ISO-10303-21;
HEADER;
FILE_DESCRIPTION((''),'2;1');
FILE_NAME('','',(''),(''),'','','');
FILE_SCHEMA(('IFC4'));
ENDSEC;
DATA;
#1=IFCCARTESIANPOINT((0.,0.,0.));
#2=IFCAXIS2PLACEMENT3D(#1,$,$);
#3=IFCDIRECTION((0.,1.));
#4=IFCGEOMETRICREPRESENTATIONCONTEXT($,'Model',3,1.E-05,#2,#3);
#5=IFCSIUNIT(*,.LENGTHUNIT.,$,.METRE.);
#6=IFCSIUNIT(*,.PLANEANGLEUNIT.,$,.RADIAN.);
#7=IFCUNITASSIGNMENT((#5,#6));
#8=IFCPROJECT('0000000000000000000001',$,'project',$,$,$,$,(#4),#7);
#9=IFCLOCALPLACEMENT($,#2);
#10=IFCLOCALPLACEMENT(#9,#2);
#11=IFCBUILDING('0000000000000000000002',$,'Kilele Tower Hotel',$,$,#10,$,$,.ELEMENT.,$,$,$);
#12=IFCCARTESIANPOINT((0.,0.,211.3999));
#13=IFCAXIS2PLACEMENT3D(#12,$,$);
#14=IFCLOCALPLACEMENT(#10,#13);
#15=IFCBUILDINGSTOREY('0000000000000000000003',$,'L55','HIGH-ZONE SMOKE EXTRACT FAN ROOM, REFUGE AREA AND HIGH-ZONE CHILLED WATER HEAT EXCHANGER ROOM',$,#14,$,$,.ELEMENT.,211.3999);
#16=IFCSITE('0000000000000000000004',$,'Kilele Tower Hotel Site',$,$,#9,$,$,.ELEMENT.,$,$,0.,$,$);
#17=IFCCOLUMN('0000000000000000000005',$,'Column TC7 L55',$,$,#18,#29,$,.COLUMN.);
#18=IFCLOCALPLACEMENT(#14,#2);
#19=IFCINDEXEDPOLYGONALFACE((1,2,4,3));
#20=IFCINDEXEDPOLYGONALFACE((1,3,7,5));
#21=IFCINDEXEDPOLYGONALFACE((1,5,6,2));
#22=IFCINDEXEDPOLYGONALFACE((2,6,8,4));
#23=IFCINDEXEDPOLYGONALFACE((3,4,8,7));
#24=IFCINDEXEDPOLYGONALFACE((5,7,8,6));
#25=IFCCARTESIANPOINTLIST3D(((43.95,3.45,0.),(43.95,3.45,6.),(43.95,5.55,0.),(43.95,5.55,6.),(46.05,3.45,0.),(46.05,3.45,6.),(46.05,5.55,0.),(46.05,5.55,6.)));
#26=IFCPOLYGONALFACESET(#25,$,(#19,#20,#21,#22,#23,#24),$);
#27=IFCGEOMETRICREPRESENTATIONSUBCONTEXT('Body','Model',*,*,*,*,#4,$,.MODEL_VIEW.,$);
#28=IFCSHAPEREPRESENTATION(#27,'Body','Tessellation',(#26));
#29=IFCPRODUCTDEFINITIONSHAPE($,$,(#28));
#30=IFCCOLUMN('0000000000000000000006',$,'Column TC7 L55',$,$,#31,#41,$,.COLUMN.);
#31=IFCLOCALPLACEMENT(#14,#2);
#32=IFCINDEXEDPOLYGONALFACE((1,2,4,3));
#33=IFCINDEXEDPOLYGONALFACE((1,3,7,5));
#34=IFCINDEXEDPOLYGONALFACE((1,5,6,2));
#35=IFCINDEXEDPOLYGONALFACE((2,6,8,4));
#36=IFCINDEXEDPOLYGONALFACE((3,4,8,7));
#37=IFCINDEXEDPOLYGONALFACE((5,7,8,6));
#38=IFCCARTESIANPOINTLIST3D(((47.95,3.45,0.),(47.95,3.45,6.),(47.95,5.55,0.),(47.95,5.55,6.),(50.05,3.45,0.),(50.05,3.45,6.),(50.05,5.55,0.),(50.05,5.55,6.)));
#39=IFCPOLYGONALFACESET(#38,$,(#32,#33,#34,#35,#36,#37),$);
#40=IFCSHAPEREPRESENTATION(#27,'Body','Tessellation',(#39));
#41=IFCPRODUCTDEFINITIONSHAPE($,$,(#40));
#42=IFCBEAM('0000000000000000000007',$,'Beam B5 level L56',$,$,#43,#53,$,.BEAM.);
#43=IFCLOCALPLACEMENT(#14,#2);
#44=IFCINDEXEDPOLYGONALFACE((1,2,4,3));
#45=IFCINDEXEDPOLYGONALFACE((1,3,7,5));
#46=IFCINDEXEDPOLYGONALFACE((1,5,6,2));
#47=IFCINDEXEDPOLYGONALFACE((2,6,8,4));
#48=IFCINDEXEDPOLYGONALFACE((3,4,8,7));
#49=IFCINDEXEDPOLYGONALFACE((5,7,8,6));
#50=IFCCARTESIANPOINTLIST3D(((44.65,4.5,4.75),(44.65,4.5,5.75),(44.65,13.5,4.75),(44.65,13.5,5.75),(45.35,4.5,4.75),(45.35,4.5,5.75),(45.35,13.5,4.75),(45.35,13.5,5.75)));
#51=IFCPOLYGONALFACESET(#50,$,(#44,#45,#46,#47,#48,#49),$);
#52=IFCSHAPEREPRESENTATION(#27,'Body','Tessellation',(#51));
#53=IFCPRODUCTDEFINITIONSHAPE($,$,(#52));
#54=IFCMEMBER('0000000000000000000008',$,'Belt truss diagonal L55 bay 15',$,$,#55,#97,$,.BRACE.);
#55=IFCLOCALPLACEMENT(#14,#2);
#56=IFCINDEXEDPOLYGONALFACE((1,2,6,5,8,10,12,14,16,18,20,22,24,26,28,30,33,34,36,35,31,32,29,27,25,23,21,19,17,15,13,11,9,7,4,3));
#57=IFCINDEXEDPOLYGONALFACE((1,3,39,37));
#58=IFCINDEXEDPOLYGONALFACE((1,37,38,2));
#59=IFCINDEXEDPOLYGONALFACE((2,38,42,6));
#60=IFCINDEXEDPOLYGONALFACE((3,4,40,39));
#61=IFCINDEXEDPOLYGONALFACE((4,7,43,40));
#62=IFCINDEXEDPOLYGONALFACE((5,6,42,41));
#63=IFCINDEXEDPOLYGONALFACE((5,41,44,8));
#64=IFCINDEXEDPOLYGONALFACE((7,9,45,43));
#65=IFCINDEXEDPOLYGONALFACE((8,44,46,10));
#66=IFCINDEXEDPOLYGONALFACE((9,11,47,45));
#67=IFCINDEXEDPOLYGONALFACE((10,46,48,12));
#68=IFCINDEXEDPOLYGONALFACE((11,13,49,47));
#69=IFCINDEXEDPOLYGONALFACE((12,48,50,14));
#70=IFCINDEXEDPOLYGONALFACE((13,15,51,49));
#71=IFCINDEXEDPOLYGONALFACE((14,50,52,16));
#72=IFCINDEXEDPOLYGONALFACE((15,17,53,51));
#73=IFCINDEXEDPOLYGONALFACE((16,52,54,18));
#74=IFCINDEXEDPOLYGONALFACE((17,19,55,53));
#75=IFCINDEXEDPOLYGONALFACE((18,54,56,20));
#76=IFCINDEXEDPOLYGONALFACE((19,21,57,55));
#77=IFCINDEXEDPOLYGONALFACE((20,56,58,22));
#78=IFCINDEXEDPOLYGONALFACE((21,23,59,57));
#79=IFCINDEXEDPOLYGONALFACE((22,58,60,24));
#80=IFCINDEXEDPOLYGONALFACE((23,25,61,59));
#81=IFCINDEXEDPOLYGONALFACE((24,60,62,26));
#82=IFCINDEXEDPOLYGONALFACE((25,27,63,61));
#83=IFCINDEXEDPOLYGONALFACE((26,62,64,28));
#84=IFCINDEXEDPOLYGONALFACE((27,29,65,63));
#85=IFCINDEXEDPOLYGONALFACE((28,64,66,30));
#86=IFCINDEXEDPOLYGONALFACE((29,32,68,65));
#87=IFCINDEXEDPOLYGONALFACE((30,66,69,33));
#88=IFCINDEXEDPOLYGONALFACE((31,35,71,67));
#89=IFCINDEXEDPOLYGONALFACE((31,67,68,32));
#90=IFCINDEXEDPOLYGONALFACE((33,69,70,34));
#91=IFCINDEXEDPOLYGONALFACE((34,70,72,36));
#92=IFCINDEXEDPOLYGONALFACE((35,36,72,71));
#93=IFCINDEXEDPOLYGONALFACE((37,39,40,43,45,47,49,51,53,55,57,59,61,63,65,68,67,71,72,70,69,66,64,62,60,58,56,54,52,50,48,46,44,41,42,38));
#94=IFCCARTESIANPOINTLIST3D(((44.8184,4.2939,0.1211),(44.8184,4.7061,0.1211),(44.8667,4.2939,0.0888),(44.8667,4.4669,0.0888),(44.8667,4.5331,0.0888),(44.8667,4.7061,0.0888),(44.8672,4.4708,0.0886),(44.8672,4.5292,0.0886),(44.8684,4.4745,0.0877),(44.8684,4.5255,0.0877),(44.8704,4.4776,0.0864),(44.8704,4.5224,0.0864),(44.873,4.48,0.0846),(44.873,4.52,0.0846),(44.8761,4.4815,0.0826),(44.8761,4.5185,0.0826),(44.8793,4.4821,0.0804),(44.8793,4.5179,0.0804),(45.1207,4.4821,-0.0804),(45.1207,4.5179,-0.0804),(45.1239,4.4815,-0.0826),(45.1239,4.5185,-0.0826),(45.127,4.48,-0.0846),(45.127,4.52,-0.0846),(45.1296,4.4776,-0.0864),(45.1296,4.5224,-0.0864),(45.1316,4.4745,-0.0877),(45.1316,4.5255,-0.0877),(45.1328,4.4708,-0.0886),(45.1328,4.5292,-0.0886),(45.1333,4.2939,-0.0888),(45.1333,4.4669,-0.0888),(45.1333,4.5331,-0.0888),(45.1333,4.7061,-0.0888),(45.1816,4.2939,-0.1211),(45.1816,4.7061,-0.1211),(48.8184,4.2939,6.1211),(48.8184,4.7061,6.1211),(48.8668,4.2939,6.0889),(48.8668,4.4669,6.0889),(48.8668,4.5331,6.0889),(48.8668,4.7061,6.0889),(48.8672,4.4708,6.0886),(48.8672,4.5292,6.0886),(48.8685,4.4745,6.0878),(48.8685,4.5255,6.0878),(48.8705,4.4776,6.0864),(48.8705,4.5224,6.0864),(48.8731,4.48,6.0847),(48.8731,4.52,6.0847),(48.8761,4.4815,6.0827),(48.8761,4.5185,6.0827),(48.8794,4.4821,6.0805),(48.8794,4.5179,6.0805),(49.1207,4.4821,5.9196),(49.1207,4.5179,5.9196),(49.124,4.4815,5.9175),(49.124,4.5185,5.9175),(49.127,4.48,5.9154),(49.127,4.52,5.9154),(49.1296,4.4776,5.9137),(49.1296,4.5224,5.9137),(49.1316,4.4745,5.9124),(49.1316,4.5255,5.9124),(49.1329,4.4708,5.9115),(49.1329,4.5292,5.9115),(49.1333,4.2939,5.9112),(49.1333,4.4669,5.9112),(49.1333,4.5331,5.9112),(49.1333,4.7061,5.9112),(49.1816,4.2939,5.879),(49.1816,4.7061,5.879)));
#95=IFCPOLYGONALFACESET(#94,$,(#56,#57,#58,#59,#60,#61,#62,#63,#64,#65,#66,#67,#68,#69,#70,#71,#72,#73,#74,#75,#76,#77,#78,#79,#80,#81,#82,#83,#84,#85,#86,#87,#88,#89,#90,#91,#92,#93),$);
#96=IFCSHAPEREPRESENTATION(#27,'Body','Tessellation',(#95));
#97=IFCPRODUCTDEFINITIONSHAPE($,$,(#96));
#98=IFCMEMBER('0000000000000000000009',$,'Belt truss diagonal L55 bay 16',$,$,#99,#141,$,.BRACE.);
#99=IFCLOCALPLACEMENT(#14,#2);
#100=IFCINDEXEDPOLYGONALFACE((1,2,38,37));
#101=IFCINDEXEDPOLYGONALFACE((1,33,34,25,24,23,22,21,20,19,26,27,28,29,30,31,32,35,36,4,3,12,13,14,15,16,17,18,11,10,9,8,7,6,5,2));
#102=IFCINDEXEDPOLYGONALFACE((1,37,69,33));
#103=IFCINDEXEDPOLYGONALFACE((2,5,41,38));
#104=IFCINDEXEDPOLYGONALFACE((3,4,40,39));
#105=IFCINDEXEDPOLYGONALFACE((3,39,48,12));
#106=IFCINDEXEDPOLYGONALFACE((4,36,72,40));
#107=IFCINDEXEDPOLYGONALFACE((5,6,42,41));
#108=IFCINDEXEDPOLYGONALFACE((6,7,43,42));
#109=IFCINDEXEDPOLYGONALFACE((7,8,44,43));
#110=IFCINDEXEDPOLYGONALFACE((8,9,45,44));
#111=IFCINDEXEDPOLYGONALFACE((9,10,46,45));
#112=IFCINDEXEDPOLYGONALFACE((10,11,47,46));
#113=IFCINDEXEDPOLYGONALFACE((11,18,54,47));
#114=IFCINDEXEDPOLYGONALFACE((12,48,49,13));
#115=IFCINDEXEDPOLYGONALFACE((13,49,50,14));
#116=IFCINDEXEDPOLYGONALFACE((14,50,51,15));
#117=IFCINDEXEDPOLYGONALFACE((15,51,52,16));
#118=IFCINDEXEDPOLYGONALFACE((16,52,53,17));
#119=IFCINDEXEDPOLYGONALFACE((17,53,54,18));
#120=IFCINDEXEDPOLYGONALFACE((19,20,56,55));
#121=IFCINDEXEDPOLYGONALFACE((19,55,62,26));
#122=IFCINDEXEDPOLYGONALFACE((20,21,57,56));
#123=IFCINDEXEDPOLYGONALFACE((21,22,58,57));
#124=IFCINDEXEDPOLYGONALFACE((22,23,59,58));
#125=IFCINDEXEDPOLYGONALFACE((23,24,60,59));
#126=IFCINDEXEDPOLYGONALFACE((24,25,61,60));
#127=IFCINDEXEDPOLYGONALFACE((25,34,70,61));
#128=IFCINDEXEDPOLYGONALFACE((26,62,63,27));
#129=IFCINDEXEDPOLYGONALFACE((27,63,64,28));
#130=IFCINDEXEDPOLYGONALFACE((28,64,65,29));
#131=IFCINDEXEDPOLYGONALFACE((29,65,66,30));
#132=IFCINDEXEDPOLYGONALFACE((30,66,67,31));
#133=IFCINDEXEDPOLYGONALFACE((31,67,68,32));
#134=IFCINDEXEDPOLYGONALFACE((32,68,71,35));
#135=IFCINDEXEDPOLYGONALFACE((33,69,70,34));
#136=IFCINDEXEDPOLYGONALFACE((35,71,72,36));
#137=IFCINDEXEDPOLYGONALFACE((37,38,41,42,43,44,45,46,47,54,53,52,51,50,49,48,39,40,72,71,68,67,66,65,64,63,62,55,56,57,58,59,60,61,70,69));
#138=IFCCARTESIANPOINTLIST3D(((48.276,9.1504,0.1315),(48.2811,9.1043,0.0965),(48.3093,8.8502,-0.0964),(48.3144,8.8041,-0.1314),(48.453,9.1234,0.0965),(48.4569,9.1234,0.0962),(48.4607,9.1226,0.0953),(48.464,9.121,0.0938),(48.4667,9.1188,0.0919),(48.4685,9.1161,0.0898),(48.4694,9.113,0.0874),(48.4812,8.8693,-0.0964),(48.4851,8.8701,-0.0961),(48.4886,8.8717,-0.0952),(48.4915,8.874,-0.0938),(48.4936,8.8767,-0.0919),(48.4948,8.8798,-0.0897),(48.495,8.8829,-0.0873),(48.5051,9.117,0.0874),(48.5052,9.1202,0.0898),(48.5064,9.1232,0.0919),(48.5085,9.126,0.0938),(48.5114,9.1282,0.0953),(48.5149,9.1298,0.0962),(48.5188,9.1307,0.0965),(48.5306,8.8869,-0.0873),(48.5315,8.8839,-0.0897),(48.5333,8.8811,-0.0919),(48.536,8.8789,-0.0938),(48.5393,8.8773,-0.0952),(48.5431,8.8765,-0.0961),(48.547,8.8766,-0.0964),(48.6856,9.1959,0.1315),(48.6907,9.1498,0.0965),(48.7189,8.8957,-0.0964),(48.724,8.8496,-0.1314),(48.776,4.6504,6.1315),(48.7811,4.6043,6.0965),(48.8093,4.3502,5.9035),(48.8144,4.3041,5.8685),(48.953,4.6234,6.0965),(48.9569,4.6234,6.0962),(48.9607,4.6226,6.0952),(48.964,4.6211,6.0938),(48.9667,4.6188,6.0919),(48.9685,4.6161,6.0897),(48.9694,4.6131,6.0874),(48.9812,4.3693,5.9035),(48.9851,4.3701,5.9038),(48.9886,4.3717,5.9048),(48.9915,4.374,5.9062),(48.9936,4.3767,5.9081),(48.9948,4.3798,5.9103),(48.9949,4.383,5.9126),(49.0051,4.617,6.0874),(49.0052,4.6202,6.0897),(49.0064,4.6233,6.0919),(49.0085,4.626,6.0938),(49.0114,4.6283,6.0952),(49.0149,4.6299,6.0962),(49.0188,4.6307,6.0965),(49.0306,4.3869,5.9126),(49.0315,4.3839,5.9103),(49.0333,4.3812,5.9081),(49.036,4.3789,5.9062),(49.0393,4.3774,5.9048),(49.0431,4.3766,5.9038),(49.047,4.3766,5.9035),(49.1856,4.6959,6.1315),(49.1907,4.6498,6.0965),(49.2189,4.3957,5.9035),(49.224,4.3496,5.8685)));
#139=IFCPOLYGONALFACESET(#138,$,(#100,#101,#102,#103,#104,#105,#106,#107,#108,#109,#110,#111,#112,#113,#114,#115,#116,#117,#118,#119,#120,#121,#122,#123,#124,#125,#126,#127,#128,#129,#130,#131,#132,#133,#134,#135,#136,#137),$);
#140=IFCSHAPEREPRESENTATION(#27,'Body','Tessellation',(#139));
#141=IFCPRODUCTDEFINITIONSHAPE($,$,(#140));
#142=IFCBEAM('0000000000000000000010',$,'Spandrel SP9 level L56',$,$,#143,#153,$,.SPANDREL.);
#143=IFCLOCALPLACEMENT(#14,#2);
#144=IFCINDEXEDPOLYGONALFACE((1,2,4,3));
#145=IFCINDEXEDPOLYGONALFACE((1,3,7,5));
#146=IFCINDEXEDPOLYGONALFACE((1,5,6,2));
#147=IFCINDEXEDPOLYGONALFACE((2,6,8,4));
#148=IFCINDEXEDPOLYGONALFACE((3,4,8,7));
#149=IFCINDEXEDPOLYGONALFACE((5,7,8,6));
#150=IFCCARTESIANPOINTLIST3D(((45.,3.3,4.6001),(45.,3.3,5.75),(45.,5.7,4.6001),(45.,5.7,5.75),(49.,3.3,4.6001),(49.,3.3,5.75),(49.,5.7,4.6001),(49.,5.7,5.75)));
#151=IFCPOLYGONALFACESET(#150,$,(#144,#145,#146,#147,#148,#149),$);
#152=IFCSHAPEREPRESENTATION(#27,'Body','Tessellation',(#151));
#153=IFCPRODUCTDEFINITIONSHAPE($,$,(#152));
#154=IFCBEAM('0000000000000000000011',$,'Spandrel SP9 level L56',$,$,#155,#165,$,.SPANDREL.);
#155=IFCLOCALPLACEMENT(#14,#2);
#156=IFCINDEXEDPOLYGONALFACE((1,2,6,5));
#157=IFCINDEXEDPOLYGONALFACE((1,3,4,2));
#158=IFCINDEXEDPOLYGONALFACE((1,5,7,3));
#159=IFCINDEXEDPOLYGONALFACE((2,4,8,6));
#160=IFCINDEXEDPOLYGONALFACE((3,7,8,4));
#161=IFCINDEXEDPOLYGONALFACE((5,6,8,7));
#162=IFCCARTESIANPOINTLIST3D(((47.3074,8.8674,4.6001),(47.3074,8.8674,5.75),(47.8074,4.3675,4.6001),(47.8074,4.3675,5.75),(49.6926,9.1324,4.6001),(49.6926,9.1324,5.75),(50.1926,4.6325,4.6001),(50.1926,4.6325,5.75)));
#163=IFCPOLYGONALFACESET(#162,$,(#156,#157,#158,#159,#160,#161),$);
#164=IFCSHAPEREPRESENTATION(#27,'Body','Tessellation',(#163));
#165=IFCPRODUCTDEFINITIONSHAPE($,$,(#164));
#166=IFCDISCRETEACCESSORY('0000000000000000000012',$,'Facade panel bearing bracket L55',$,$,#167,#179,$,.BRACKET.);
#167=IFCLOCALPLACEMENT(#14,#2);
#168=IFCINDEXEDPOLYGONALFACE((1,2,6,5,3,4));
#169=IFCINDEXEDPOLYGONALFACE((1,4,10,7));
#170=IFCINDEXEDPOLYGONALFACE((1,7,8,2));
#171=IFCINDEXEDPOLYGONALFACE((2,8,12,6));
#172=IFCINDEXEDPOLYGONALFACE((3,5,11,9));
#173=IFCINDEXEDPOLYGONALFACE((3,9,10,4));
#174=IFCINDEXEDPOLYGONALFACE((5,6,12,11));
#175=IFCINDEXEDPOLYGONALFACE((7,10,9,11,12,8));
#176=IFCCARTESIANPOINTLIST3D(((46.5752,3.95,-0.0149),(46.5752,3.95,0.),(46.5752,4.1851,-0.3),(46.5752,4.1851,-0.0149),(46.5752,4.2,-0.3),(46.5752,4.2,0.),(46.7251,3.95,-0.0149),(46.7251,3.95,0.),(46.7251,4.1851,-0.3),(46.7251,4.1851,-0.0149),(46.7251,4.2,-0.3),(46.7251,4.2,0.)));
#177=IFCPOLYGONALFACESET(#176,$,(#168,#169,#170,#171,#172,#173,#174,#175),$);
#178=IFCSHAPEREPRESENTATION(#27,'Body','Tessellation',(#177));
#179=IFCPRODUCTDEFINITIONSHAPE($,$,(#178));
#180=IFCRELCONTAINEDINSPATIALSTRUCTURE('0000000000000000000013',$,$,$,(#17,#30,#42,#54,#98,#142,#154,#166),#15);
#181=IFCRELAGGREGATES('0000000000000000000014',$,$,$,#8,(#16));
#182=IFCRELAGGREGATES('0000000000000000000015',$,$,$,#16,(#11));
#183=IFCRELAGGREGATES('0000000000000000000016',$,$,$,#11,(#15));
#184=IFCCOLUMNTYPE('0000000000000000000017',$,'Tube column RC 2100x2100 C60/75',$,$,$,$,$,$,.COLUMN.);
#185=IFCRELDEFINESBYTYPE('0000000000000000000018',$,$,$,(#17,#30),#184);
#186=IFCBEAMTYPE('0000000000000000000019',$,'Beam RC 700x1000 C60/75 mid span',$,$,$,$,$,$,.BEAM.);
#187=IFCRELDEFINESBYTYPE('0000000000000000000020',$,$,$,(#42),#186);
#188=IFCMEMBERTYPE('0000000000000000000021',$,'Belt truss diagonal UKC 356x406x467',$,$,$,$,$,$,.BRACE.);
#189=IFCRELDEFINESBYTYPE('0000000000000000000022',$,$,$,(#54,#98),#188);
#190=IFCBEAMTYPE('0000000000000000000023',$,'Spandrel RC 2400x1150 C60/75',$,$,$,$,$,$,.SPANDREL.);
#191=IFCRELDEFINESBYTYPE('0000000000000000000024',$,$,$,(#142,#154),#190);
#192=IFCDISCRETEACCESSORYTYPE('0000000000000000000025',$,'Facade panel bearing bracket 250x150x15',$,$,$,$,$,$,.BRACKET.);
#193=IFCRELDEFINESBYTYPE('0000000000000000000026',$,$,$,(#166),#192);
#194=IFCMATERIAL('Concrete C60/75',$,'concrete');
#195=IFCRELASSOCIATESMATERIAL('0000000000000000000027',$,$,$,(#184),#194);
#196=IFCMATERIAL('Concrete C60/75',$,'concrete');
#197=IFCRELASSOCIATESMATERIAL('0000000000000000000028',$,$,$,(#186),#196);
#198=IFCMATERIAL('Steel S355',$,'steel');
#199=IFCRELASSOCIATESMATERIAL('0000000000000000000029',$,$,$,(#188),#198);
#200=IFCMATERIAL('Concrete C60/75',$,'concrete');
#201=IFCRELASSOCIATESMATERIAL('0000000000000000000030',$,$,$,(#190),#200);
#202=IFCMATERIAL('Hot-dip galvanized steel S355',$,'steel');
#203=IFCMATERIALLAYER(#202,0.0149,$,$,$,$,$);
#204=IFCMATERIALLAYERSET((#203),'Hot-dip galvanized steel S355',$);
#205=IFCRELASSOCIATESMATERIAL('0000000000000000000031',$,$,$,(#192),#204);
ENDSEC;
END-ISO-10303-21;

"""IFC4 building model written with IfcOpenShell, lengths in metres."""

from ifc_helpers import new_model, si_unit, direction, frame, origin, origin_2d, place, context, subcontext, project, spatial, polyline, rectangle, i_section, outline, extrude, source, transform, mapped, material, layer, layer_set, material_profile, profile_set, type_object, element, save


model = new_model("IFC4")

# Units and contexts
model_context = context("Model", 3, precision=1e-05, world=origin(), true_north=direction((0.0, 1.0)))
body_context = subcontext(model_context, "Body", "Model", "MODEL_VIEW")
ifc_project = project(units=[si_unit("LENGTHUNIT", "METRE"), si_unit("PLANEANGLEUNIT", "RADIAN")], contexts=[model_context])

# Site, building, storey
site_placement = place(None, origin())
site = spatial("IfcSite", under=ifc_project, at=site_placement, Name="Kilele Tower Hotel Site", CompositionType="ELEMENT", RefElevation=0.0)
building_placement = place(site_placement, origin())
building = spatial("IfcBuilding", under=site, at=building_placement, Name="Kilele Tower Hotel", CompositionType="ELEMENT")
storey_placement = place(building_placement, frame((0.0, 0.0, 211.3999)))
storey = spatial("IfcBuildingStorey", under=building, at=storey_placement, Name="L55", Description="HIGH-ZONE SMOKE EXTRACT FAN ROOM, REFUGE AREA AND HIGH-ZONE CHILLED WATER HEAT EXCHANGER ROOM", CompositionType="ELEMENT", Elevation=211.3999)

# Columns
ifc_material_1 = material(Name="Concrete C60/75", Category="concrete")
ifc_material_profile_1 = material_profile(ifc_material_1, rectangle(XDim=2.1001, YDim=2.1001, at=origin_2d()))
ifc_profile_set_1 = profile_set([ifc_material_profile_1], Name="Concrete C60/75")
column_type = type_object("IfcColumnType", Name="Tube column RC 2100x2100 C60/75", PredefinedType="COLUMN", material=ifc_profile_set_1)
for number, where, z_axis, x_axis, name in (
    (1, (45.0, 4.5, 0.0), (0.0, 0.0, 1.0), (1.0, 0.0, 0.0), "Column TC7 L55"),
    (2, (49.0, 4.5, 0.0), (0.0, 0.0, 1.0), (1.0, 0.0, 0.0), "Column TC7 L55"),
):
    element("IfcColumn", number, at=place(storey_placement, frame(where, z_axis=z_axis, x_axis=x_axis)), inside=storey, type_object=column_type, Name=name, PredefinedType="COLUMN", context=body_context, shape_type="SweptSolid", body=[
        extrude(rectangle(XDim=2.1001, YDim=2.1001, at=origin_2d()), origin(), (0.0, 0.0, 1.0), 6.0),
    ])

# Beam
ifc_material_2 = material(Name="Concrete C60/75", Category="concrete")
ifc_material_profile_2 = material_profile(ifc_material_2, rectangle(XDim=0.7, YDim=1.0, at=origin_2d()))
ifc_profile_set_2 = profile_set([ifc_material_profile_2], Name="Concrete C60/75")
beam_type_1 = type_object("IfcBeamType", Name="Beam RC 700x1000 C60/75 mid span", PredefinedType="BEAM", material=ifc_profile_set_2)
beam_1_placement = place(storey_placement, frame((45.0, 4.5, 5.25), z_axis=(0.0, 1.0, 0.0), x_axis=(-1.0, 0.0, 0.0)))
element("IfcBeam", 3, at=beam_1_placement, inside=storey, type_object=beam_type_1, Name="Beam B5 level L56", PredefinedType="BEAM", context=body_context, shape_type="SweptSolid", body=[
    extrude(rectangle(XDim=0.7, YDim=1.0, at=origin_2d()), origin(), (0.0, 0.0, 1.0), 9.0),
])

# Members
ifc_material_3 = material(Name="Steel S355", Category="steel")
ifc_material_profile_3 = material_profile(ifc_material_3, i_section(OverallWidth=0.4121, OverallDepth=0.4365, WebThickness=0.0359, FlangeThickness=0.0581, FilletRadius=0.0151, at=origin_2d()))
ifc_profile_set_3 = profile_set([ifc_material_profile_3], Name="Steel S355")
member_type = type_object("IfcMemberType", Name="Belt truss diagonal UKC 356x406x467", PredefinedType="BRACE", material=ifc_profile_set_3)
member_1_placement = place(storey_placement, frame((45.0, 4.5, 0.0), z_axis=(0.5547, 0.0, 0.83205), x_axis=(0.0, 1.0, 0.0)))
element("IfcMember", 4, at=member_1_placement, inside=storey, type_object=member_type, Name="Belt truss diagonal L55 bay 15", PredefinedType="BRACE", context=body_context, shape_type="SweptSolid", body=[
    extrude(i_section(OverallWidth=0.4121, OverallDepth=0.4365, WebThickness=0.0359, FlangeThickness=0.0581, FilletRadius=0.0151, at=origin_2d()), origin(), (0.0, 0.0, 1.0), 7.2112),
])
member_2_placement = place(storey_placement, frame((49.0, 4.5, 6.0), z_axis=(-0.066519, 0.598671, -0.798228), x_axis=(-0.993884, -0.110432, 0.0)))
element("IfcMember", 5, at=member_2_placement, inside=storey, type_object=member_type, Name="Belt truss diagonal L55 bay 16", PredefinedType="BRACE", context=body_context, shape_type="SweptSolid", body=[
    extrude(i_section(OverallWidth=0.4121, OverallDepth=0.4365, WebThickness=0.0359, FlangeThickness=0.0581, FilletRadius=0.0151, at=origin_2d()), origin(), (0.0, 0.0, 1.0), 7.5166),
])

# Beams
ifc_material_4 = material(Name="Concrete C60/75", Category="concrete")
ifc_material_profile_4 = material_profile(ifc_material_4, rectangle(XDim=2.3999, YDim=1.1499, at=origin_2d()))
ifc_profile_set_4 = profile_set([ifc_material_profile_4], Name="Concrete C60/75")
beam_type_2 = type_object("IfcBeamType", Name="Spandrel RC 2400x1150 C60/75", PredefinedType="SPANDREL", material=ifc_profile_set_4)
beam_2_placement = place(storey_placement, frame((45.0, 4.5, 5.175), z_axis=(1.0, 0.0, 0.0), x_axis=(0.0, 1.0, 0.0)))
element("IfcBeam", 6, at=beam_2_placement, inside=storey, type_object=beam_type_2, Name="Spandrel SP9 level L56", PredefinedType="SPANDREL", context=body_context, shape_type="SweptSolid", body=[
    extrude(rectangle(XDim=2.3999, YDim=1.1499, at=origin_2d()), origin(), (0.0, 0.0, 1.0), 4.0),
])
beam_3_placement = place(storey_placement, frame((49.0, 4.5, 5.175), z_axis=(-0.110432, 0.993884, 0.0), x_axis=(-0.993884, -0.110432, 0.0)))
element("IfcBeam", 7, at=beam_3_placement, inside=storey, type_object=beam_type_2, Name="Spandrel SP9 level L56", PredefinedType="SPANDREL", context=body_context, shape_type="SweptSolid", body=[
    extrude(rectangle(XDim=2.3999, YDim=1.1499, at=origin_2d()), origin(), (0.0, 0.0, 1.0), 4.5276),
])

# Discrete accessory
ifc_material_5 = material(Name="Hot-dip galvanized steel S355", Category="steel")
ifc_layer_1 = layer(ifc_material_5, 0.0149)
ifc_layer_set_1 = layer_set([ifc_layer_1], Name="Hot-dip galvanized steel S355")
discrete_accessory_type_1 = type_object("IfcDiscreteAccessoryType", Name="Facade panel bearing bracket 250x150x15", PredefinedType="BRACKET", material=ifc_layer_set_1)
shared_shape_1 = source(origin(), body_context, "Body", "SweptSolid", [
    extrude(outline(polyline([(0.0, 0.0), (0.25, 0.0), (0.25, -0.0149), (0.0149, -0.0149), (0.0149, -0.3), (0.0, -0.3), (0.0, 0.0)])), origin(), (0.0, 0.0, 1.0), 0.1499),
])
for number, where, z_axis, x_axis, name in (
    (8, (46.7251, 4.2, 0.0), (-1.0, 0.0, 0.0), (0.0, -1.0, 0.0), "Facade panel bearing bracket L55"),
):
    element("IfcDiscreteAccessory", number, at=place(storey_placement, frame(where, z_axis=z_axis, x_axis=x_axis)), inside=storey, type_object=discrete_accessory_type_1, Name=name, PredefinedType="BRACKET", context=body_context, shape_type="MappedRepresentation", body=[
        mapped(shared_shape_1, transform((0.0, 0.0, 0.0))),
    ])

save(model, "model.ifc")
